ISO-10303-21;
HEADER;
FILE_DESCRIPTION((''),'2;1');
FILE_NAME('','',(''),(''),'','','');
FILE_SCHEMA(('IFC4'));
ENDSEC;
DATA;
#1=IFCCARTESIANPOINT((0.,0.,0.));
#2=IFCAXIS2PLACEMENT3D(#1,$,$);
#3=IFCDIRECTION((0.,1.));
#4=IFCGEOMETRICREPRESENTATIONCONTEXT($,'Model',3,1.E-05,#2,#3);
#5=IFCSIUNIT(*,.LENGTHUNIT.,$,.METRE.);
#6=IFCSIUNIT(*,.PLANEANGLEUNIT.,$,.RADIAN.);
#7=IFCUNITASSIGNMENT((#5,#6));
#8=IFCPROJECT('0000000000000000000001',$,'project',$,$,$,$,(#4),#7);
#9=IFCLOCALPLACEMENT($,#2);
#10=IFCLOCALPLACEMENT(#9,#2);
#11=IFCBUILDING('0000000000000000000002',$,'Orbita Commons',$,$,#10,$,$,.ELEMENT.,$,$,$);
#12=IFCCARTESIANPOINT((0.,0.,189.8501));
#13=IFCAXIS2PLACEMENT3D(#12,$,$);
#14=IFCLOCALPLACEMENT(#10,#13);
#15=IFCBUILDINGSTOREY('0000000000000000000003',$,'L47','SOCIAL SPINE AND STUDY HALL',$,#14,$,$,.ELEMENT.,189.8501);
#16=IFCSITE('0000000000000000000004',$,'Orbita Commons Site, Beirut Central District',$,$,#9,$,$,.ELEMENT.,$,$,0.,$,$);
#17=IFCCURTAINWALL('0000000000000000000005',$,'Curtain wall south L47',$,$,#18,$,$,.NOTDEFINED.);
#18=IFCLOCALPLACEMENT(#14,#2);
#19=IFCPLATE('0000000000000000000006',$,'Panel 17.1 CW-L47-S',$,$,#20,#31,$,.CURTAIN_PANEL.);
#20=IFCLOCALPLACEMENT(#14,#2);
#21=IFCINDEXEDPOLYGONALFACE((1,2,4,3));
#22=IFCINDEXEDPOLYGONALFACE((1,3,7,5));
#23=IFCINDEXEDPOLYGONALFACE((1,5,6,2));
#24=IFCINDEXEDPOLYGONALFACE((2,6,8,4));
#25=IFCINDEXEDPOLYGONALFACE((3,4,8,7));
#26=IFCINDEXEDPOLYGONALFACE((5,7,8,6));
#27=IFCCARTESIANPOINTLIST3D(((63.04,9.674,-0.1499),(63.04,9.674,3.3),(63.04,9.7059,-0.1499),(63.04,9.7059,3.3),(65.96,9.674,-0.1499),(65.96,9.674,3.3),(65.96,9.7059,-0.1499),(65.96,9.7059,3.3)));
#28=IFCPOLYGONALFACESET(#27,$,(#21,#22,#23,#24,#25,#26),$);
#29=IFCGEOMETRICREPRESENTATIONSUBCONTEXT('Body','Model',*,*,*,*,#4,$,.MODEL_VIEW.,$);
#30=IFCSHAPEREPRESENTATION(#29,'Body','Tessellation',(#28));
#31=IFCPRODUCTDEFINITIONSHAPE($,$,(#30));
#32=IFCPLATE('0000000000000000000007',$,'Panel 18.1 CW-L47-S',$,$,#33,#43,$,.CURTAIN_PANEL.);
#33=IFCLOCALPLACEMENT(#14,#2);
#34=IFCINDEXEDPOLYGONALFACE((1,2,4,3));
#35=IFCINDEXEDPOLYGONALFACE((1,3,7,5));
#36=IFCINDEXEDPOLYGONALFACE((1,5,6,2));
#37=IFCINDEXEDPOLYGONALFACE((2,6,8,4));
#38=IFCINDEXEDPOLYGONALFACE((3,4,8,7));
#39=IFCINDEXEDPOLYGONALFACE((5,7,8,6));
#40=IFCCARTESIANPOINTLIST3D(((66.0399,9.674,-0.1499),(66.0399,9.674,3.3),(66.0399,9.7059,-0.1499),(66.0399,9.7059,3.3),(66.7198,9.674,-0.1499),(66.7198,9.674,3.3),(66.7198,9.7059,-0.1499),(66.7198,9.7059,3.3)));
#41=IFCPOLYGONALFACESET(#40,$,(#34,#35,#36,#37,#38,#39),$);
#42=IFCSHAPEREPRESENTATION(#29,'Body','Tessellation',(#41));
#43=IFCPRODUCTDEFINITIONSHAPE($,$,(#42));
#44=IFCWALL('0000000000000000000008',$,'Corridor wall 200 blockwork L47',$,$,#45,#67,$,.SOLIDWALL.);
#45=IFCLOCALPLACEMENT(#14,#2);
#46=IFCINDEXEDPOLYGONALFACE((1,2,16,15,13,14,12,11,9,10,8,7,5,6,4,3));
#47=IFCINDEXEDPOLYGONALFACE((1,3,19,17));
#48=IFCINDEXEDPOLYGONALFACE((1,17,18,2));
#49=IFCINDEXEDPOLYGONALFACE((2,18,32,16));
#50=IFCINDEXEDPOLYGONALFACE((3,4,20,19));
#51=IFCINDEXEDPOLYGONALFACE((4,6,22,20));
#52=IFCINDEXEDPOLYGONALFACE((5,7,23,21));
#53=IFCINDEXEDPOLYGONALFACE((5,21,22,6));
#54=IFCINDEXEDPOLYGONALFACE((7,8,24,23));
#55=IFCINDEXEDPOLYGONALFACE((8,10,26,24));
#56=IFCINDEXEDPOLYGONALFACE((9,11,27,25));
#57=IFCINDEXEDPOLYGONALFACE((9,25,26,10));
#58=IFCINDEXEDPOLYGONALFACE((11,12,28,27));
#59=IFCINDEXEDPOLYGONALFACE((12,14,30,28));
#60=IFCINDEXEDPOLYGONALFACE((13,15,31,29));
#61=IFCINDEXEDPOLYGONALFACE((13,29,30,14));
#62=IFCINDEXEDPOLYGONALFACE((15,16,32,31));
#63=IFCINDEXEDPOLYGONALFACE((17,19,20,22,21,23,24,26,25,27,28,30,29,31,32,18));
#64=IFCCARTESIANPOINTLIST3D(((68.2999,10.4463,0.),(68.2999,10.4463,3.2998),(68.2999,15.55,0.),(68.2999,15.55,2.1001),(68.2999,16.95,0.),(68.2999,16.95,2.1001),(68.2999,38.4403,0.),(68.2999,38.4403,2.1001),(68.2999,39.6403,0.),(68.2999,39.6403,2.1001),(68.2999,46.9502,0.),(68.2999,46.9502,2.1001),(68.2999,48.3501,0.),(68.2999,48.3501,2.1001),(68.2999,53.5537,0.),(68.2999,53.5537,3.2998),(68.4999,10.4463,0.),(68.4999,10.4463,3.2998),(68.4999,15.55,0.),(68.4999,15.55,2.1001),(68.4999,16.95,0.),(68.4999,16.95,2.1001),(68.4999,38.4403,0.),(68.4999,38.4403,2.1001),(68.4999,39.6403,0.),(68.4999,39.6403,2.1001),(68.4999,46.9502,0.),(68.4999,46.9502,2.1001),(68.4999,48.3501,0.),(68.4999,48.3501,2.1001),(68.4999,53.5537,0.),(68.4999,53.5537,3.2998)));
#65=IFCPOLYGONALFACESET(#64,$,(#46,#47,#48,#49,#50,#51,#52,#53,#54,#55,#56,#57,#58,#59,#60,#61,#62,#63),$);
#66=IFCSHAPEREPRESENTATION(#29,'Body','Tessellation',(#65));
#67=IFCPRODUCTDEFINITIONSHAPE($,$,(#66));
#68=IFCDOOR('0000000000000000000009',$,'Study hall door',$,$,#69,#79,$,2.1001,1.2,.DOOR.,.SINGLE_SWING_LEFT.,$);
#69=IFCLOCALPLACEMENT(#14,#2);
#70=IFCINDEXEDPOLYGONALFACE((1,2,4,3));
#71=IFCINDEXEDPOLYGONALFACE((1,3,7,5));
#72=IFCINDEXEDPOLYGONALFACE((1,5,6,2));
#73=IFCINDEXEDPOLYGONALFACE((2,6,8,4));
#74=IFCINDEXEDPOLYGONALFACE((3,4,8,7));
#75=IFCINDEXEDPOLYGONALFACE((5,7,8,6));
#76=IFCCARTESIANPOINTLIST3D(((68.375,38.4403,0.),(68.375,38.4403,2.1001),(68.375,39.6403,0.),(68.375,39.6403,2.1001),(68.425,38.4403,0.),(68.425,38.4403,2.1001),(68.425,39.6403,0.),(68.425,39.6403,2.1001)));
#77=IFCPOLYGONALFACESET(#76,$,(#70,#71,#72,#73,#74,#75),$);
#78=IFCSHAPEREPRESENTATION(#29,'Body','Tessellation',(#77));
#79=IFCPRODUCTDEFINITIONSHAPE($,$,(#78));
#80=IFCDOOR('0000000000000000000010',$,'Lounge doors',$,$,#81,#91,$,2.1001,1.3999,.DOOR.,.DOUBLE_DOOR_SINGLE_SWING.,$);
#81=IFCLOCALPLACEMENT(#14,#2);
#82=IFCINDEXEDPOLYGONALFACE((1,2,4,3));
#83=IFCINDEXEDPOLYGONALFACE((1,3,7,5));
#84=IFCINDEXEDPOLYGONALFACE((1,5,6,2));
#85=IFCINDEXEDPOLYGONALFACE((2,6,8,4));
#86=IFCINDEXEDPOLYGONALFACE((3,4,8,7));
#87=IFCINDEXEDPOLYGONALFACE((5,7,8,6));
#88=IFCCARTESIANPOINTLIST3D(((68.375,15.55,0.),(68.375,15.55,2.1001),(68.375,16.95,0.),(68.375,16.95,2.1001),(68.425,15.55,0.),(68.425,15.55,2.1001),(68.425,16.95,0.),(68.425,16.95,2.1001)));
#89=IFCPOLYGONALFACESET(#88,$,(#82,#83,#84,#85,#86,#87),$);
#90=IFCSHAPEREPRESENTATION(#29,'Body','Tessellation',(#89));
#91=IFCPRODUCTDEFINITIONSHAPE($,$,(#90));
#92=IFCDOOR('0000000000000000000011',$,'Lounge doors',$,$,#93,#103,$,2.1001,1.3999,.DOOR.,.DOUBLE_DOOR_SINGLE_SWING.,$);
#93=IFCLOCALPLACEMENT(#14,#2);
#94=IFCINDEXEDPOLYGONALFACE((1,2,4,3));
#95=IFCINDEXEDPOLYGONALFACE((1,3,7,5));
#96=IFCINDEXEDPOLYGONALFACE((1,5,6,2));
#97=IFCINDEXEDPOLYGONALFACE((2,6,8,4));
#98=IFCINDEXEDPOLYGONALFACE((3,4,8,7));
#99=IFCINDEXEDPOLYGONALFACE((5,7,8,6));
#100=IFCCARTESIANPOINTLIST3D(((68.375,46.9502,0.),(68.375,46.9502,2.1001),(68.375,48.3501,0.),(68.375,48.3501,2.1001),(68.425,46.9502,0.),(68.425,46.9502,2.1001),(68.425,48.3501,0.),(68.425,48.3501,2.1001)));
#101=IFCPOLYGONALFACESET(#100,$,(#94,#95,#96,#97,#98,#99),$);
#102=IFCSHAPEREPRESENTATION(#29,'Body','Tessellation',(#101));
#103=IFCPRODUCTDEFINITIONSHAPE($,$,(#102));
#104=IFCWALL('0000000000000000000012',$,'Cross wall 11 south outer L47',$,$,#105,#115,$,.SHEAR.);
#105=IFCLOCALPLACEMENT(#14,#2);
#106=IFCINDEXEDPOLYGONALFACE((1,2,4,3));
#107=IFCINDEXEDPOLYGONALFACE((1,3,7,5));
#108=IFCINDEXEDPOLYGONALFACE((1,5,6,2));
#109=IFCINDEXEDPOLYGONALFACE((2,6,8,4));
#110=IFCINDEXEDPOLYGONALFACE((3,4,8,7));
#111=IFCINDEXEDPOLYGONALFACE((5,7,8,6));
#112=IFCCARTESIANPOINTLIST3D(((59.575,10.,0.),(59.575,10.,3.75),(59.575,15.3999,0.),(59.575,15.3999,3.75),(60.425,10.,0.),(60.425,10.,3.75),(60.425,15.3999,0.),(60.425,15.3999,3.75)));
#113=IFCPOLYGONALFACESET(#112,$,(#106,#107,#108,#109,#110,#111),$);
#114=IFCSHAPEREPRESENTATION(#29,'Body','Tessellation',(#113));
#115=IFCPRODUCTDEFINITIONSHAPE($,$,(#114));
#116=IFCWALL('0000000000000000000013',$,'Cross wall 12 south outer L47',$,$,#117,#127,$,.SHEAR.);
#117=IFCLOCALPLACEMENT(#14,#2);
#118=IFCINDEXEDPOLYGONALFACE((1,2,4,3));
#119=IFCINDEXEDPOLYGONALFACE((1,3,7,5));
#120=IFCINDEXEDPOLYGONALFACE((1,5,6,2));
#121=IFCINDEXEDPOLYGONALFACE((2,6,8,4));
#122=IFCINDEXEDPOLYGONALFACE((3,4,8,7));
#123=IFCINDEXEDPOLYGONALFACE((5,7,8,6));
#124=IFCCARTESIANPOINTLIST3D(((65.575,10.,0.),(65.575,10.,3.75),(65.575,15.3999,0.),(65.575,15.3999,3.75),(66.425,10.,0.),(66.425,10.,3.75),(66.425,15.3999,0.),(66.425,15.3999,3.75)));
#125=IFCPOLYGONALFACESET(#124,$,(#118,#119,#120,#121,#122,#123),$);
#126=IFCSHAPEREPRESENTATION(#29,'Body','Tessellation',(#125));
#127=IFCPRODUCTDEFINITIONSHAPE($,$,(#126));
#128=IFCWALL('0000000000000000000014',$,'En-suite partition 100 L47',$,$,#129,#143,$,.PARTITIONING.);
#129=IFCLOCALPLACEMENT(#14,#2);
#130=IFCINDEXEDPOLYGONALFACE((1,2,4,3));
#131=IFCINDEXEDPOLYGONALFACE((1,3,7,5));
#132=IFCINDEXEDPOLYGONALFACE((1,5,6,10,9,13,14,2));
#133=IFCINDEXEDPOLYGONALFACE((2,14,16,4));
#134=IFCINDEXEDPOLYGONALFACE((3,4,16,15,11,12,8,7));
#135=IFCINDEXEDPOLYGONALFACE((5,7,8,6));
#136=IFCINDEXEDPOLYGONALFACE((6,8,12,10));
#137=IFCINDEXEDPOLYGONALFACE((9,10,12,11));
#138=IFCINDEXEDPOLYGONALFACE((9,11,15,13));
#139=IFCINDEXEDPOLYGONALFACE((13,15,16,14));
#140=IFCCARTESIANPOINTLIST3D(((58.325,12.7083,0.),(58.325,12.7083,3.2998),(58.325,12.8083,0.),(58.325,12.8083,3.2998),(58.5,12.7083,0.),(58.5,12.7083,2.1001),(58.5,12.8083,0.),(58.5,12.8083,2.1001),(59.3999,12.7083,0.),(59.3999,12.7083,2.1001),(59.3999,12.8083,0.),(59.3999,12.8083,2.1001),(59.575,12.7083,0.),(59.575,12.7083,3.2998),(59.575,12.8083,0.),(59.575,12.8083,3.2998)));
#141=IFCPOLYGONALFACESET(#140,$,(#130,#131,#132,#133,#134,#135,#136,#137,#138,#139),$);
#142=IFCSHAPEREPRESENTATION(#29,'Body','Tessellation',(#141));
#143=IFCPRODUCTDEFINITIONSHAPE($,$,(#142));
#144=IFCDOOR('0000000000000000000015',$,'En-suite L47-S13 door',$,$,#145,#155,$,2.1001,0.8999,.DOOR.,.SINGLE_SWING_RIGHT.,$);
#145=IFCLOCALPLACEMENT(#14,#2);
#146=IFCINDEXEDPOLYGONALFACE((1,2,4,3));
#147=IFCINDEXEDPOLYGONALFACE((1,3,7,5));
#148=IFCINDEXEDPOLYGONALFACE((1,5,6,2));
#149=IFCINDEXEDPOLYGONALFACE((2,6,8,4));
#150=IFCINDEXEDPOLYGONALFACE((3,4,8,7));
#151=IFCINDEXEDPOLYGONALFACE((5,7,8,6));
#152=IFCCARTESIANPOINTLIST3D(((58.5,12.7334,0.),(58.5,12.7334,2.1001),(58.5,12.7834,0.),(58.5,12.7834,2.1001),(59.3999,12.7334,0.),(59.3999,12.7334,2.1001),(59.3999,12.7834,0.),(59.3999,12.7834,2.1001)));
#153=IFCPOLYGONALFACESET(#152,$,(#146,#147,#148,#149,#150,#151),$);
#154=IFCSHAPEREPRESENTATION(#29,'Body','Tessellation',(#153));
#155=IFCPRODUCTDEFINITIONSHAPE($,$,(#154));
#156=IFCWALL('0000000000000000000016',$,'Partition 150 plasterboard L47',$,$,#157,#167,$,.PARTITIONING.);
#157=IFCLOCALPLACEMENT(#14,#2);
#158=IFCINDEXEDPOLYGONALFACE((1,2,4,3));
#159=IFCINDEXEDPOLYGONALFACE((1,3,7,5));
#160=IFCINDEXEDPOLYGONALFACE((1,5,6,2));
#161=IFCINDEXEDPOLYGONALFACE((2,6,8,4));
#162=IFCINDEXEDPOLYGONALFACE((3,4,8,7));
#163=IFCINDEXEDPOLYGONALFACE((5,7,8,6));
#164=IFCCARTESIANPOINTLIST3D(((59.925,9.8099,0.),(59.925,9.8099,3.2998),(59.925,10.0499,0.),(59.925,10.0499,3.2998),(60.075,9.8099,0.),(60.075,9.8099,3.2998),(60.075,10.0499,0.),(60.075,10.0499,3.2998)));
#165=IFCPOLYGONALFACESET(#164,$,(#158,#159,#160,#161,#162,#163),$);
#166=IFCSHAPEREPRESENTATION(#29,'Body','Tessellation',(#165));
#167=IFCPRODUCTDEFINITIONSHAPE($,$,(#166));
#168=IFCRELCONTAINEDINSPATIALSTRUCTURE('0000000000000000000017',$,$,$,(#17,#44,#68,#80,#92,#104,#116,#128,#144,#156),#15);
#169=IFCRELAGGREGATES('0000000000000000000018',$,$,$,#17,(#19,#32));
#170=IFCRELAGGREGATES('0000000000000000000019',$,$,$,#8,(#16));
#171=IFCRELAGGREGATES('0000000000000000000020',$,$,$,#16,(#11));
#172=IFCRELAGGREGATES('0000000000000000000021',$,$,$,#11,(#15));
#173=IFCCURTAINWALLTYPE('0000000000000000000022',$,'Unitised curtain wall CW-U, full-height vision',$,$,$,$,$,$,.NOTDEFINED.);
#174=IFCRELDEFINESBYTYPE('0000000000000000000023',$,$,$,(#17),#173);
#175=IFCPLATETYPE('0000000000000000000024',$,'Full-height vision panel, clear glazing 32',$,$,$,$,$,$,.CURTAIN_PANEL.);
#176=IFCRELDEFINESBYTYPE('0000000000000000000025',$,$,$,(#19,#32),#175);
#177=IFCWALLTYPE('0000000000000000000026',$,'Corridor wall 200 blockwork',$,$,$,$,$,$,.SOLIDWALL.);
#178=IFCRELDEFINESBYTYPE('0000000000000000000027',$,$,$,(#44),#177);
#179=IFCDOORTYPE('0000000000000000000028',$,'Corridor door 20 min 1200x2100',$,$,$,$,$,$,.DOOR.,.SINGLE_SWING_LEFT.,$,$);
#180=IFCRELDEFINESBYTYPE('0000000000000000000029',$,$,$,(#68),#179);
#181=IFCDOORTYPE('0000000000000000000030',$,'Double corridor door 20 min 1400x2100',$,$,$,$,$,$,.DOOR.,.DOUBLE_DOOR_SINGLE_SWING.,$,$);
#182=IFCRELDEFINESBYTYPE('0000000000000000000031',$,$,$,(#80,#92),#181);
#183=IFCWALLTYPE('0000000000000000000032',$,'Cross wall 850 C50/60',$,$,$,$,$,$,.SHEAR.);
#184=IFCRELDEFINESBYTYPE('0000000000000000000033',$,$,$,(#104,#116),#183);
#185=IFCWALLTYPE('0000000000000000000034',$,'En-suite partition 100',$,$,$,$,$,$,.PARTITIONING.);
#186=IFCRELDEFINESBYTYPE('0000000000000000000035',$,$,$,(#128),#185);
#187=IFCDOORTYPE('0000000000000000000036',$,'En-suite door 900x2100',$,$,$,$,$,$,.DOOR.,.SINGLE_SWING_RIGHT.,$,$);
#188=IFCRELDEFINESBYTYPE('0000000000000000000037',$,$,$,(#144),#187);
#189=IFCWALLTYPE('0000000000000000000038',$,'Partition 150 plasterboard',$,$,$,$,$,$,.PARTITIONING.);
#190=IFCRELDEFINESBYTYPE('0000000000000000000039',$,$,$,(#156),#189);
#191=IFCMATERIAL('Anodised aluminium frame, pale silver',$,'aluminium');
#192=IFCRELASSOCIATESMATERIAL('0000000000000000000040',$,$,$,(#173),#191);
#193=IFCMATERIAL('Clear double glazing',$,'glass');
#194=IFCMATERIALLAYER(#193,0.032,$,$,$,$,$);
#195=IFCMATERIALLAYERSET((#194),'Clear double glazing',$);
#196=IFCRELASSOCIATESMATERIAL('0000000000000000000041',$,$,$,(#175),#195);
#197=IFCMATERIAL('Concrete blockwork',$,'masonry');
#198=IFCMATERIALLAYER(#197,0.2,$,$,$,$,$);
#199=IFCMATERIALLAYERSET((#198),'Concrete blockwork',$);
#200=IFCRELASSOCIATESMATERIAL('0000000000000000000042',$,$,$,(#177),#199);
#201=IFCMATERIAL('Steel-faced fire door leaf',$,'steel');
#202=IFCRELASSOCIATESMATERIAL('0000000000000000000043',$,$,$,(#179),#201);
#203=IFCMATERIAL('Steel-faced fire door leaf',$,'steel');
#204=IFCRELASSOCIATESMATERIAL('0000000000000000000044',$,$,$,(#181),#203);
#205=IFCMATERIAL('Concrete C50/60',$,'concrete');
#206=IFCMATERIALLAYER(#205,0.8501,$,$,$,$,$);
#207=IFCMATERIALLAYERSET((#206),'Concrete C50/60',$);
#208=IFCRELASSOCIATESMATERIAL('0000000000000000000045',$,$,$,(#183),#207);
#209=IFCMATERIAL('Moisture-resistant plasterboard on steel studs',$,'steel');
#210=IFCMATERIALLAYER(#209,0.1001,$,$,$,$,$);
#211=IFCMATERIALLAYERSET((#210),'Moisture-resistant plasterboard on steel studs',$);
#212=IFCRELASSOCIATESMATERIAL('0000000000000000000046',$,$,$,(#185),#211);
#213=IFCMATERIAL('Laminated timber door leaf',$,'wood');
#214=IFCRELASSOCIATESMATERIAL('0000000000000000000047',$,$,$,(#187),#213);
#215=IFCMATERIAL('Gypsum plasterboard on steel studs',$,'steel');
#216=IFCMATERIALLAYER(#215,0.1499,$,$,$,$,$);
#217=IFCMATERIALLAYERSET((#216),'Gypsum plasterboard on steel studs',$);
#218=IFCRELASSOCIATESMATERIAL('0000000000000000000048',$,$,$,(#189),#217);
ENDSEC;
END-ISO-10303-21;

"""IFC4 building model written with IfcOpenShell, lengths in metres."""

from ifc_helpers import new_model, si_unit, direction, frame, frame_2d, origin, origin_2d, place, context, subcontext, project, spatial, rectangle, extrude, material, layer, layer_set, type_object, element, fill, aggregate, save


model = new_model("IFC4")

# Units and contexts
model_context = context("Model", 3, precision=1e-05, world=origin(), true_north=direction((0.0, 1.0)))
body_context = subcontext(model_context, "Body", "Model", "MODEL_VIEW")
ifc_project = project(units=[si_unit("LENGTHUNIT", "METRE"), si_unit("PLANEANGLEUNIT", "RADIAN")], contexts=[model_context])

# Site, building, storey
site_placement = place(None, origin())
site = spatial("IfcSite", under=ifc_project, at=site_placement, Name="Orbita Commons Site, Beirut Central District", CompositionType="ELEMENT", RefElevation=0.0)
building_placement = place(site_placement, origin())
building = spatial("IfcBuilding", under=site, at=building_placement, Name="Orbita Commons", CompositionType="ELEMENT")
storey_placement = place(building_placement, frame((0.0, 0.0, 189.8501)))
storey = spatial("IfcBuildingStorey", under=building, at=storey_placement, Name="L47", Description="SOCIAL SPINE AND STUDY HALL", CompositionType="ELEMENT", Elevation=189.8501)

# Curtain wall
ifc_material_1 = material(Name="Anodised aluminium frame, pale silver", Category="aluminium")
curtain_wall_type = type_object("IfcCurtainWallType", Name="Unitised curtain wall CW-U, full-height vision", PredefinedType="NOTDEFINED", material=ifc_material_1)
curtain_wall_placement = place(storey_placement, origin())
curtain_wall = element("IfcCurtainWall", 1, at=curtain_wall_placement, inside=storey, type_object=curtain_wall_type, Name="Curtain wall south L47", PredefinedType="NOTDEFINED")

# Plates
ifc_material_2 = material(Name="Clear double glazing", Category="glass")
ifc_layer_1 = layer(ifc_material_2, 0.032)
ifc_layer_set_1 = layer_set([ifc_layer_1], Name="Clear double glazing")
plate_type = type_object("IfcPlateType", Name="Full-height vision panel, clear glazing 32", PredefinedType="CURTAIN_PANEL", material=ifc_layer_set_1)
plate_1_placement = place(storey_placement, frame((64.5, 9.6899, -0.1499), z_axis=(0.0, 0.0, 1.0), x_axis=(1.0, 0.0, 0.0)))
plate_1 = element("IfcPlate", 2, at=plate_1_placement, type_object=plate_type, Name="Panel 17.1 CW-L47-S", PredefinedType="CURTAIN_PANEL", context=body_context, shape_type="SweptSolid", body=[
    extrude(rectangle(XDim=2.9199, YDim=0.032, at=origin_2d()), origin(), (0.0, 0.0, 1.0), 3.45),
])
plate_2_placement = place(storey_placement, frame((66.3799, 9.6899, -0.1499), z_axis=(0.0, 0.0, 1.0), x_axis=(1.0, 0.0, 0.0)))
plate_2 = element("IfcPlate", 3, at=plate_2_placement, type_object=plate_type, Name="Panel 18.1 CW-L47-S", PredefinedType="CURTAIN_PANEL", context=body_context, shape_type="SweptSolid", body=[
    extrude(rectangle(XDim=0.6799, YDim=0.032, at=origin_2d()), origin(), (0.0, 0.0, 1.0), 3.45),
])
aggregate(curtain_wall, [plate_1, plate_2])

# Wall, openings, doors
ifc_material_3 = material(Name="Concrete blockwork", Category="masonry")
ifc_layer_2 = layer(ifc_material_3, 0.2)
ifc_layer_set_2 = layer_set([ifc_layer_2], Name="Concrete blockwork")
wall_type_1 = type_object("IfcWallType", Name="Corridor wall 200 blockwork", PredefinedType="SOLIDWALL", material=ifc_layer_set_2)
wall_1_placement = place(storey_placement, frame((68.3999, 10.4463, 0.0), z_axis=(0.0, 0.0, 1.0), x_axis=(0.0, 1.0, 0.0)))
wall_1 = element("IfcWall", 4, at=wall_1_placement, inside=storey, type_object=wall_type_1, Name="Corridor wall 200 blockwork L47", PredefinedType="SOLIDWALL", context=body_context, shape_type="SweptSolid", body=[
    extrude(rectangle(XDim=43.1074, YDim=0.2, at=frame_2d((21.5537, 0.0))), origin(), (0.0, 0.0, 1.0), 3.2998),
])
opening_1_placement = place(wall_1_placement, frame((27.9939, 0.0, 0.0)))
opening_1 = element("IfcOpeningElement", 5, at=opening_1_placement, cuts=wall_1, PredefinedType="OPENING", context=body_context, shape_type="SweptSolid", body=[
    extrude(rectangle(XDim=1.2, YDim=2.1001, at=frame_2d((0.6001, 1.05))), frame((0.0, 0.1099, 0.0), z_axis=(0.0, -1.0, 0.0), x_axis=(1.0, 0.0, 0.0)), (0.0, 0.0, 1.0), 0.22),
])
opening_2_placement = place(wall_1_placement, frame((5.1038, 0.0, 0.0)))
opening_2 = element("IfcOpeningElement", 6, at=opening_2_placement, cuts=wall_1, PredefinedType="OPENING", context=body_context, shape_type="SweptSolid", body=[
    extrude(rectangle(XDim=1.3999, YDim=2.1001, at=frame_2d((0.7, 1.05))), frame((0.0, 0.1099, 0.0), z_axis=(0.0, -1.0, 0.0), x_axis=(1.0, 0.0, 0.0)), (0.0, 0.0, 1.0), 0.22),
])
opening_3_placement = place(wall_1_placement, frame((36.5039, 0.0, 0.0)))
opening_3 = element("IfcOpeningElement", 7, at=opening_3_placement, cuts=wall_1, PredefinedType="OPENING", context=body_context, shape_type="SweptSolid", body=[
    extrude(rectangle(XDim=1.3999, YDim=2.1001, at=frame_2d((0.7, 1.05))), frame((0.0, 0.1099, 0.0), z_axis=(0.0, -1.0, 0.0), x_axis=(1.0, 0.0, 0.0)), (0.0, 0.0, 1.0), 0.22),
])
ifc_material_4 = material(Name="Steel-faced fire door leaf", Category="steel")
door_type_1 = type_object("IfcDoorType", Name="Corridor door 20 min 1200x2100", OperationType="SINGLE_SWING_LEFT", PredefinedType="DOOR", material=ifc_material_4)
door_1_placement = place(opening_1_placement, origin())
door_1 = element("IfcDoor", 8, at=door_1_placement, inside=storey, type_object=door_type_1, Name="Study hall door", OperationType="SINGLE_SWING_LEFT", OverallHeight=2.1001, OverallWidth=1.2, PredefinedType="DOOR", context=body_context, shape_type="SweptSolid", body=[
    extrude(rectangle(XDim=1.2, YDim=2.1001, at=frame_2d((0.6001, 1.05))), frame((0.0, 0.0249, 0.0), z_axis=(0.0, -1.0, 0.0), x_axis=(1.0, 0.0, 0.0)), (0.0, 0.0, 1.0), 0.05),
])
fill(opening_1, door_1)
ifc_material_5 = material(Name="Steel-faced fire door leaf", Category="steel")
door_type_2 = type_object("IfcDoorType", Name="Double corridor door 20 min 1400x2100", OperationType="DOUBLE_DOOR_SINGLE_SWING", PredefinedType="DOOR", material=ifc_material_5)
door_2_placement = place(opening_2_placement, origin())
door_2 = element("IfcDoor", 9, at=door_2_placement, inside=storey, type_object=door_type_2, Name="Lounge doors", OperationType="DOUBLE_DOOR_SINGLE_SWING", OverallHeight=2.1001, OverallWidth=1.3999, PredefinedType="DOOR", context=body_context, shape_type="SweptSolid", body=[
    extrude(rectangle(XDim=1.3999, YDim=2.1001, at=frame_2d((0.7, 1.05))), frame((0.0, 0.0249, 0.0), z_axis=(0.0, -1.0, 0.0), x_axis=(1.0, 0.0, 0.0)), (0.0, 0.0, 1.0), 0.05),
])
fill(opening_2, door_2)
door_3_placement = place(opening_3_placement, origin())
door_3 = element("IfcDoor", 10, at=door_3_placement, inside=storey, type_object=door_type_2, Name="Lounge doors", OperationType="DOUBLE_DOOR_SINGLE_SWING", OverallHeight=2.1001, OverallWidth=1.3999, PredefinedType="DOOR", context=body_context, shape_type="SweptSolid", body=[
    extrude(rectangle(XDim=1.3999, YDim=2.1001, at=frame_2d((0.7, 1.05))), frame((0.0, 0.0249, 0.0), z_axis=(0.0, -1.0, 0.0), x_axis=(1.0, 0.0, 0.0)), (0.0, 0.0, 1.0), 0.05),
])
fill(opening_3, door_3)

# Walls
ifc_material_6 = material(Name="Concrete C50/60", Category="concrete")
ifc_layer_3 = layer(ifc_material_6, 0.8501)
ifc_layer_set_3 = layer_set([ifc_layer_3], Name="Concrete C50/60")
wall_type_2 = type_object("IfcWallType", Name="Cross wall 850 C50/60", PredefinedType="SHEAR", material=ifc_layer_set_3)
for number, where, z_axis, x_axis, name in (
    (11, (60.0, 10.0, 0.0), (0.0, 0.0, 1.0), (0.0, 1.0, 0.0), "Cross wall 11 south outer L47"),
    (12, (66.0, 10.0, 0.0), (0.0, 0.0, 1.0), (0.0, 1.0, 0.0), "Cross wall 12 south outer L47"),
):
    element("IfcWall", number, at=place(storey_placement, frame(where, z_axis=z_axis, x_axis=x_axis)), inside=storey, type_object=wall_type_2, Name=name, PredefinedType="SHEAR", context=body_context, shape_type="SweptSolid", body=[
        extrude(rectangle(XDim=5.3999, YDim=0.8501, at=frame_2d((2.7, 0.0))), origin(), (0.0, 0.0, 1.0), 3.75),
    ])

# Wall, opening, door
ifc_material_7 = material(Name="Moisture-resistant plasterboard on steel studs", Category="steel")
ifc_layer_4 = layer(ifc_material_7, 0.1001)
ifc_layer_set_4 = layer_set([ifc_layer_4], Name="Moisture-resistant plasterboard on steel studs")
wall_type_3 = type_object("IfcWallType", Name="En-suite partition 100", PredefinedType="PARTITIONING", material=ifc_layer_set_4)
wall_2_placement = place(storey_placement, frame((59.575, 12.7583, 0.0), z_axis=(0.0, 0.0, 1.0), x_axis=(-1.0, 0.0, 0.0)))
wall_2 = element("IfcWall", 13, at=wall_2_placement, inside=storey, type_object=wall_type_3, Name="En-suite partition 100 L47", PredefinedType="PARTITIONING", context=body_context, shape_type="SweptSolid", body=[
    extrude(rectangle(XDim=1.25, YDim=0.1001, at=frame_2d((0.625, 0.0))), origin(), (0.0, 0.0, 1.0), 3.2998),
])
opening_4_placement = place(wall_2_placement, frame((0.175, 0.0, 0.0)))
opening_4 = element("IfcOpeningElement", 14, at=opening_4_placement, cuts=wall_2, PredefinedType="OPENING", context=body_context, shape_type="SweptSolid", body=[
    extrude(rectangle(XDim=0.8999, YDim=2.1001, at=frame_2d((0.45, 1.05))), frame((0.0, 0.0601, 0.0), z_axis=(0.0, -1.0, 0.0), x_axis=(1.0, 0.0, 0.0)), (0.0, 0.0, 1.0), 0.1201),
])
ifc_material_8 = material(Name="Laminated timber door leaf", Category="wood")
door_type_3 = type_object("IfcDoorType", Name="En-suite door 900x2100", OperationType="SINGLE_SWING_RIGHT", PredefinedType="DOOR", material=ifc_material_8)
door_4_placement = place(opening_4_placement, origin())
door_4 = element("IfcDoor", 15, at=door_4_placement, inside=storey, type_object=door_type_3, Name="En-suite L47-S13 door", OperationType="SINGLE_SWING_RIGHT", OverallHeight=2.1001, OverallWidth=0.8999, PredefinedType="DOOR", context=body_context, shape_type="SweptSolid", body=[
    extrude(rectangle(XDim=0.8999, YDim=2.1001, at=frame_2d((0.45, 1.05))), frame((0.0, 0.0249, 0.0), z_axis=(0.0, -1.0, 0.0), x_axis=(1.0, 0.0, 0.0)), (0.0, 0.0, 1.0), 0.05),
])
fill(opening_4, door_4)

# Wall
ifc_material_9 = material(Name="Gypsum plasterboard on steel studs", Category="steel")
ifc_layer_5 = layer(ifc_material_9, 0.1499)
ifc_layer_set_5 = layer_set([ifc_layer_5], Name="Gypsum plasterboard on steel studs")
wall_type_4 = type_object("IfcWallType", Name="Partition 150 plasterboard", PredefinedType="PARTITIONING", material=ifc_layer_set_5)
for number, where, z_axis, x_axis, name in (
    (16, (60.0, 10.05, 0.0), (0.0, 0.0, 1.0), (0.0, -1.0, 0.0), "Partition 150 plasterboard L47"),
):
    element("IfcWall", number, at=place(storey_placement, frame(where, z_axis=z_axis, x_axis=x_axis)), inside=storey, type_object=wall_type_4, Name=name, PredefinedType="PARTITIONING", context=body_context, shape_type="SweptSolid", body=[
        extrude(rectangle(XDim=0.24, YDim=0.1499, at=frame_2d((0.1201, 0.0))), origin(), (0.0, 0.0, 1.0), 3.2998),
    ])

save(model, "model.ifc")
